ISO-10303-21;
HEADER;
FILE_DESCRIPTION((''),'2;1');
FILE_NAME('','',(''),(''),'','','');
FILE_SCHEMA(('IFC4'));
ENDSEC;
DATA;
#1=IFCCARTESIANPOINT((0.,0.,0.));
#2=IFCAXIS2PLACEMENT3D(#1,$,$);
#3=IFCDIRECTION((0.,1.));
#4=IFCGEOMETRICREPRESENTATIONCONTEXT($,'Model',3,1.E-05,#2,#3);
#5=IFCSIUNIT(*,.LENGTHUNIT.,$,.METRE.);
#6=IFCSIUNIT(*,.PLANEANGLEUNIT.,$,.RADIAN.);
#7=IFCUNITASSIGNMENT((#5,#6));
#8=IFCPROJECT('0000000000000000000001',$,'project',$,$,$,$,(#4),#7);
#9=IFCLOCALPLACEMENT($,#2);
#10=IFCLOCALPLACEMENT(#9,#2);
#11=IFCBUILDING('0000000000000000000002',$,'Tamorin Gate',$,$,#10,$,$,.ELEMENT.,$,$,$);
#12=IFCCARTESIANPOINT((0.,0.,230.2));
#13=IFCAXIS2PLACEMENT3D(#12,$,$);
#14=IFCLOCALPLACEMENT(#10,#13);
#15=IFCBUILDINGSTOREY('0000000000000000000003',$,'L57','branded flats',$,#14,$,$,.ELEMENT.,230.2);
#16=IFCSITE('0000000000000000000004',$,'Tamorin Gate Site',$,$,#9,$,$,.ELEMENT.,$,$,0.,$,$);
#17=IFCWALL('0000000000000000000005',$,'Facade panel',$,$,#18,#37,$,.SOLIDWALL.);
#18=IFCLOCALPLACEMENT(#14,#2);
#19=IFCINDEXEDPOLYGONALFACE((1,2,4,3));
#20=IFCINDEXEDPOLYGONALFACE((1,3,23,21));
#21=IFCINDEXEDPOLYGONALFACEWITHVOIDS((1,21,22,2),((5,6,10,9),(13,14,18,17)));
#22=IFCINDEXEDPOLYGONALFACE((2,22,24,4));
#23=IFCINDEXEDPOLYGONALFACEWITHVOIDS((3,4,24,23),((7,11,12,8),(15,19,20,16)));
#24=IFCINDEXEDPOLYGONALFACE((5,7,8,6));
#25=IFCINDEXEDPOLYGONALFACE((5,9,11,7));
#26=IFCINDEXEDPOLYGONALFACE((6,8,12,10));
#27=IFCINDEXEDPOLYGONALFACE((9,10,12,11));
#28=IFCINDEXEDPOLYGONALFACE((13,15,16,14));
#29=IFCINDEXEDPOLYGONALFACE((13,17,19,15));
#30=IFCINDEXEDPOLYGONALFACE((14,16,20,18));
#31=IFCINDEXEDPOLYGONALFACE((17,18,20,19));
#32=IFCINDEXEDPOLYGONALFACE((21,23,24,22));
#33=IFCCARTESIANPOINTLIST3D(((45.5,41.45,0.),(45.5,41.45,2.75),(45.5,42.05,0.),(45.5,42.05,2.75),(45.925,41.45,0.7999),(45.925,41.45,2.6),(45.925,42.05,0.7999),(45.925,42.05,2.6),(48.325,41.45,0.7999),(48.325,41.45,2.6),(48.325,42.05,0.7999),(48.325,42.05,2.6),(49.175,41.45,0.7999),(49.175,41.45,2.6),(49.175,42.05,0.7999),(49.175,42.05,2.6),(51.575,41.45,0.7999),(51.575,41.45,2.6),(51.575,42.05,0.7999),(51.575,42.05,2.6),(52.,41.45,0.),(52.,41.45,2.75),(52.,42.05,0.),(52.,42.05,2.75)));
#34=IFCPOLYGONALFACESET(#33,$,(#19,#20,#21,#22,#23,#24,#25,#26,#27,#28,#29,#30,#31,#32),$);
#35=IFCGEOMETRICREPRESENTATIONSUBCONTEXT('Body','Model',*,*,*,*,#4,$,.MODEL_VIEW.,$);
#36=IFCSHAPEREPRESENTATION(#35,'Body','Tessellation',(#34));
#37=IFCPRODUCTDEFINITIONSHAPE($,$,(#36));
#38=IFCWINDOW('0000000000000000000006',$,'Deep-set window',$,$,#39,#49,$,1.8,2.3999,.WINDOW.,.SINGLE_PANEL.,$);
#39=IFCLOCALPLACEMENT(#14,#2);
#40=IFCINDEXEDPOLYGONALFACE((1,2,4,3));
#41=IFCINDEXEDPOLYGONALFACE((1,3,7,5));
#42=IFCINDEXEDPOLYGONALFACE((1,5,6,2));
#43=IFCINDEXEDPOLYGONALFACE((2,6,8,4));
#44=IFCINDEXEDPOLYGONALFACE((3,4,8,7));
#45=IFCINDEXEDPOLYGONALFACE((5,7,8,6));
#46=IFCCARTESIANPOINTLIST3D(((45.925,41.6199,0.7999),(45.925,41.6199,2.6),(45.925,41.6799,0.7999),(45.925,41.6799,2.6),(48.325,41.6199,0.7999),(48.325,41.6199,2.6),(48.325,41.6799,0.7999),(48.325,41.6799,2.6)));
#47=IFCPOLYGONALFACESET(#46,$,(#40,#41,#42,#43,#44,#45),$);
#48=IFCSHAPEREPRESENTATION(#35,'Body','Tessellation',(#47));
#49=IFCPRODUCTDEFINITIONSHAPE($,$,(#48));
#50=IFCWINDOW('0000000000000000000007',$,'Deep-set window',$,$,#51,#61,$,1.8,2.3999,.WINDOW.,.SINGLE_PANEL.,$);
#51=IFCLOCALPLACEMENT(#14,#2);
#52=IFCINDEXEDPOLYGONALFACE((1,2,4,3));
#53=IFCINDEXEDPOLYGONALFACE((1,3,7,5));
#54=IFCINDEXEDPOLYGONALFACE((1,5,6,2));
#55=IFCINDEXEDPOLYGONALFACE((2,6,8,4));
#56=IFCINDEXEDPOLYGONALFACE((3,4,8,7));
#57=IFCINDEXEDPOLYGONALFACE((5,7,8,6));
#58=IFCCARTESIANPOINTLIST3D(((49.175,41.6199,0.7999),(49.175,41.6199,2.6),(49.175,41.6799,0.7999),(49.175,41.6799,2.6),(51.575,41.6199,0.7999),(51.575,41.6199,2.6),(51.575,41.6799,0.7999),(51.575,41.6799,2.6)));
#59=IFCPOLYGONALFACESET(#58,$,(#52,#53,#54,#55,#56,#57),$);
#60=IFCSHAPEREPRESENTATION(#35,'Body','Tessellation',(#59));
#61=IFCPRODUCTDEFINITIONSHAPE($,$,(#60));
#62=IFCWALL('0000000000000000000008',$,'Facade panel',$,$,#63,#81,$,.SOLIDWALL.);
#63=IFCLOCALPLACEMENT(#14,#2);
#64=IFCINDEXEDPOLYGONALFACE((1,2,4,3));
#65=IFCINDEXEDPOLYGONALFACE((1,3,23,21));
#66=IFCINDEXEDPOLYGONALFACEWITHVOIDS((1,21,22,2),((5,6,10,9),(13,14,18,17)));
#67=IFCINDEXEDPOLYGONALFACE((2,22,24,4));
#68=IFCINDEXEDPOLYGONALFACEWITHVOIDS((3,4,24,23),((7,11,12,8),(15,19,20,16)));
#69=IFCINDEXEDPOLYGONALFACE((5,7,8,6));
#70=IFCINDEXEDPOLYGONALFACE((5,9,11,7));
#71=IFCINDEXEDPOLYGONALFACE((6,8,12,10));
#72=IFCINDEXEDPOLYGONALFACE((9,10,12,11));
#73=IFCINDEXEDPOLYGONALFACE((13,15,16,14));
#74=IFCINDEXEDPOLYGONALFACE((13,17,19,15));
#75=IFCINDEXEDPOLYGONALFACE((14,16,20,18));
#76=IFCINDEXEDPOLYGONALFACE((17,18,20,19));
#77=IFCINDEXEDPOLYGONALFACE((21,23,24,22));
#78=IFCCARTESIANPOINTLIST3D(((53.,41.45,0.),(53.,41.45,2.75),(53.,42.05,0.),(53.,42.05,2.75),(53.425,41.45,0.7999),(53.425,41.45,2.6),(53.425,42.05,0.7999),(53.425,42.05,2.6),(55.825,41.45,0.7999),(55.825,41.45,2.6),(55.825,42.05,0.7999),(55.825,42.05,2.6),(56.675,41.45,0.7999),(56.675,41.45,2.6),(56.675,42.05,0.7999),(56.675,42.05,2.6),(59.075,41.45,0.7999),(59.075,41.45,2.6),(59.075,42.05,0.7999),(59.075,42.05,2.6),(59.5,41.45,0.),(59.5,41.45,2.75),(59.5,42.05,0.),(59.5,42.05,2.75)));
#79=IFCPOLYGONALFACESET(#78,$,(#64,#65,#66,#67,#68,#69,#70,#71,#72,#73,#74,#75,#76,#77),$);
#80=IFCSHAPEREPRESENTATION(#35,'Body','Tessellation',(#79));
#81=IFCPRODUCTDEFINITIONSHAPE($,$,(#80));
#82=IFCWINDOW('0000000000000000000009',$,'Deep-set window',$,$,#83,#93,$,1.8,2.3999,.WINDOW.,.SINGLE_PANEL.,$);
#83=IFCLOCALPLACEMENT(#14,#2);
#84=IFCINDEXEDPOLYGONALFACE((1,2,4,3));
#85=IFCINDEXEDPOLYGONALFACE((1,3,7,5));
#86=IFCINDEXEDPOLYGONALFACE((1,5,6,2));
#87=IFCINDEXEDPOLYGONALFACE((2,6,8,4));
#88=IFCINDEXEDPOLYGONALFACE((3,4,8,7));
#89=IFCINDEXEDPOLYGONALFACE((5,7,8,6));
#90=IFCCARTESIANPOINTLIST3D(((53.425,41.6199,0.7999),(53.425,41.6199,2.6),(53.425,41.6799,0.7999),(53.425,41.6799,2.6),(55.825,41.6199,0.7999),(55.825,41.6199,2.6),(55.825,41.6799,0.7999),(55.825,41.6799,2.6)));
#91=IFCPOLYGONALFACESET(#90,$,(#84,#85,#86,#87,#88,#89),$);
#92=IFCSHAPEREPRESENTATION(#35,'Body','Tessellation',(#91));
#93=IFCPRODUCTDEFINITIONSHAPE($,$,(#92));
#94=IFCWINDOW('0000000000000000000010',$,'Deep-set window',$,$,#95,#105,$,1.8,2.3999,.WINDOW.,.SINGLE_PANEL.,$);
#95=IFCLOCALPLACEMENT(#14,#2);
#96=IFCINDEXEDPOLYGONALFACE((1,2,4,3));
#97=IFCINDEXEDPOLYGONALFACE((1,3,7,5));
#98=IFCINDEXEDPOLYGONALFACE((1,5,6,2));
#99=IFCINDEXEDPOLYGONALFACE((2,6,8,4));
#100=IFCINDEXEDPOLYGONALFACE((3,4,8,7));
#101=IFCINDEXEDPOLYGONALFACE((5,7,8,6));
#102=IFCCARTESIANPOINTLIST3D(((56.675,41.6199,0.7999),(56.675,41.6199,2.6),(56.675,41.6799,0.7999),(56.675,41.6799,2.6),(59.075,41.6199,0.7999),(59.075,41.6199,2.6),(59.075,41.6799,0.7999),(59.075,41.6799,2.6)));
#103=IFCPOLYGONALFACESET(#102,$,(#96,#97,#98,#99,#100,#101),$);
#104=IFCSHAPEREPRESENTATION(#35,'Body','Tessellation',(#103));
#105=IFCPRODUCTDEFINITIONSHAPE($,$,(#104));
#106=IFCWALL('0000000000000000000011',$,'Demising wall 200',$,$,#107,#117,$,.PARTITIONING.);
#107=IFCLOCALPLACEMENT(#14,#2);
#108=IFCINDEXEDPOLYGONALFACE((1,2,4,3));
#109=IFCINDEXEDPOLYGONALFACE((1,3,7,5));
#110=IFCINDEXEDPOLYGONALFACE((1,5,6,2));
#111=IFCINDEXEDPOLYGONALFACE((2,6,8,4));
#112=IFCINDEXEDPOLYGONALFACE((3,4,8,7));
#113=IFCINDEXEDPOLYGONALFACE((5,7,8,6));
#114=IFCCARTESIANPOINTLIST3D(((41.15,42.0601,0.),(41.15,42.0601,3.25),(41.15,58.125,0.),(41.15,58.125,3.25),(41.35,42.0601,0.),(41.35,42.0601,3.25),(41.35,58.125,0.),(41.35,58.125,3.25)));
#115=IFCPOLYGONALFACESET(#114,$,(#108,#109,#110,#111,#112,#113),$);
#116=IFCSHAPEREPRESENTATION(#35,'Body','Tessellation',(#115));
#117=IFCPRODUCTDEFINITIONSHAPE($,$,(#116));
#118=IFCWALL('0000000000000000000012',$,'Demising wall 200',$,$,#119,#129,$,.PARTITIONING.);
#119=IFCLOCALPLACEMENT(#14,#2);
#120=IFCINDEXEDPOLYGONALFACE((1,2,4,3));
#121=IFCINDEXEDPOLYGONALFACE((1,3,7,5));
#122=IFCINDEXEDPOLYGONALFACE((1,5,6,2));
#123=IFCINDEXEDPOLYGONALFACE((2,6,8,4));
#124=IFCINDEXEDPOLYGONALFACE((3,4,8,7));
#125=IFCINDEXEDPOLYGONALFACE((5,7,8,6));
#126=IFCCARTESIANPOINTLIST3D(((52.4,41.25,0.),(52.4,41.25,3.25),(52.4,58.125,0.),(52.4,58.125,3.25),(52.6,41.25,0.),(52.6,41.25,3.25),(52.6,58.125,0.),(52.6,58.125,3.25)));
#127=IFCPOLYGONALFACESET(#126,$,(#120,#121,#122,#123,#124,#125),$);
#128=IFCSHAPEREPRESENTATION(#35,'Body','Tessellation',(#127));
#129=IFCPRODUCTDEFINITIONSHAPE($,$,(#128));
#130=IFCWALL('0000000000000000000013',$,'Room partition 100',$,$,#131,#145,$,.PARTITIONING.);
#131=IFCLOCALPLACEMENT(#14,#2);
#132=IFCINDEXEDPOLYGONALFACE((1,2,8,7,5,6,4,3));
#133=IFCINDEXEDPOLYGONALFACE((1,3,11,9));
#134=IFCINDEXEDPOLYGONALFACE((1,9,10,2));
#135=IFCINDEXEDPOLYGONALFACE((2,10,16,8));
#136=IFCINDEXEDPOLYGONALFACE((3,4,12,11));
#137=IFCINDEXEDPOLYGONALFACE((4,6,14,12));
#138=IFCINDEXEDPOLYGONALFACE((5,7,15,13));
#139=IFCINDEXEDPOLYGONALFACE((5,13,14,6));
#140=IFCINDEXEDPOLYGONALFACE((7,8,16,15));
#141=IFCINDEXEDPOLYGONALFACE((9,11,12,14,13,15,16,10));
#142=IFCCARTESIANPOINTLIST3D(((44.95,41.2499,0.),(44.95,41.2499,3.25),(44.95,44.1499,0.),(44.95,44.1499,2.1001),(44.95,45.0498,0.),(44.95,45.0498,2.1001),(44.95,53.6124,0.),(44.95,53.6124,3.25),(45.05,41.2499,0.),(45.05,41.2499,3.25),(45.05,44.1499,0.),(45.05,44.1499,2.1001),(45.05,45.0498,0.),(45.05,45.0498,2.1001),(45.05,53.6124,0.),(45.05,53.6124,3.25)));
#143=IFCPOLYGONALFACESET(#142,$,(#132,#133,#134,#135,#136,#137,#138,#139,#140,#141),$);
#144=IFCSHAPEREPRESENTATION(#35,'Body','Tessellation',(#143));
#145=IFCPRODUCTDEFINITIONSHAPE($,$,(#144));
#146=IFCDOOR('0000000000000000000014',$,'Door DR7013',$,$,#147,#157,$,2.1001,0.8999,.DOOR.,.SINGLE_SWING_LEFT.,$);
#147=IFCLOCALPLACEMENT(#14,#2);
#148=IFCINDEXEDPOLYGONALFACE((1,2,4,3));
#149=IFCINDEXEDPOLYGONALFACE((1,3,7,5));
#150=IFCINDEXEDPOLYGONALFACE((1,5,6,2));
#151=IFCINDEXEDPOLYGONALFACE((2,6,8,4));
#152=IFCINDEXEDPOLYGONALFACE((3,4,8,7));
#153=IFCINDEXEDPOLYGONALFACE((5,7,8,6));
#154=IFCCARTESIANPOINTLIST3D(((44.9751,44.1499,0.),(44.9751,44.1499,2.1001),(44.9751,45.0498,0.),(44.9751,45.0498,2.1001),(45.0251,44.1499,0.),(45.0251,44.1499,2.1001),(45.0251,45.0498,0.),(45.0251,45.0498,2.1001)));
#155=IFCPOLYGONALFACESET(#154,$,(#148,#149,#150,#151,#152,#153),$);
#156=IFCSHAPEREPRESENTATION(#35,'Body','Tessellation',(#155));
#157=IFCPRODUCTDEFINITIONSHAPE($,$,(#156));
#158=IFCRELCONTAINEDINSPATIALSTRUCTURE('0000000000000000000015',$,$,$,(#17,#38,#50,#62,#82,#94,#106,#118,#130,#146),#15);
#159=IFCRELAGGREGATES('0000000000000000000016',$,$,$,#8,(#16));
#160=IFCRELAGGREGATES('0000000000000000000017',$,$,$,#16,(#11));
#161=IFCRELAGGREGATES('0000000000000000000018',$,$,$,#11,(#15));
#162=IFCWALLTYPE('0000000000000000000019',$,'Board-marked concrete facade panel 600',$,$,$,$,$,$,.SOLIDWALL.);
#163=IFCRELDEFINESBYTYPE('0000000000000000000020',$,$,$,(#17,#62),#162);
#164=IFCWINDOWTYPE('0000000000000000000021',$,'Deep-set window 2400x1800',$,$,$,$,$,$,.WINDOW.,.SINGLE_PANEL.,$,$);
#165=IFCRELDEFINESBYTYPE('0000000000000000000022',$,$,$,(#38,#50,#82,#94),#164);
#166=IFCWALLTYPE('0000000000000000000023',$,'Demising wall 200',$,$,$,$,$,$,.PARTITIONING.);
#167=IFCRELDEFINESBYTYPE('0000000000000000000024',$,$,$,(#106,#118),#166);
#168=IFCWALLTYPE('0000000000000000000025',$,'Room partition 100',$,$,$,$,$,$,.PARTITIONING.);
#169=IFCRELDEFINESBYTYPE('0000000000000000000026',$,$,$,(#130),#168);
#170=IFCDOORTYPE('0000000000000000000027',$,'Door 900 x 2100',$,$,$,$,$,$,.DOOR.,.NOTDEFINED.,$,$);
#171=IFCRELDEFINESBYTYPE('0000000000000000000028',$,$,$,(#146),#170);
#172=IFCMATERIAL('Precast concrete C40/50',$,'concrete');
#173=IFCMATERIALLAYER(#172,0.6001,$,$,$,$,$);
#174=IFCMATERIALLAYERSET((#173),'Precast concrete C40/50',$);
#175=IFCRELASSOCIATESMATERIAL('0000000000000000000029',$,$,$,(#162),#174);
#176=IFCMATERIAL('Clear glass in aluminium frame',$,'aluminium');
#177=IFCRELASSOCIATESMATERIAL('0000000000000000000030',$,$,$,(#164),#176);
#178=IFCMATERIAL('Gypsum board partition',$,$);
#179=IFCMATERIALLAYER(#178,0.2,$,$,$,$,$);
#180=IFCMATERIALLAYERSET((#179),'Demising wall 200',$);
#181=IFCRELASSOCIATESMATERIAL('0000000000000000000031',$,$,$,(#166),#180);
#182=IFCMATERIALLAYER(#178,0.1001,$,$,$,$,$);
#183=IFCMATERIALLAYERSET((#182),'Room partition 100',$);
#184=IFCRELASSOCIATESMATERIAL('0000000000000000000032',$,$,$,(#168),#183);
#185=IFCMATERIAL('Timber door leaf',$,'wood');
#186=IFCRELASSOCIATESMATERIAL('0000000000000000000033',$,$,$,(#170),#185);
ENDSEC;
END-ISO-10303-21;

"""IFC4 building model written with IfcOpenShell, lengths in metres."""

from ifc_helpers import new_model, si_unit, direction, frame, frame_2d, origin, place, context, subcontext, project, spatial, rectangle, extrude, material, layer, layer_set, type_object, element, fill, save


model = new_model("IFC4")

# Units and contexts
model_context = context("Model", 3, precision=1e-05, world=origin(), true_north=direction((0.0, 1.0)))
body_context = subcontext(model_context, "Body", "Model", "MODEL_VIEW")
ifc_project = project(units=[si_unit("LENGTHUNIT", "METRE"), si_unit("PLANEANGLEUNIT", "RADIAN")], contexts=[model_context])

# Site, building, storey
site_placement = place(None, origin())
site = spatial("IfcSite", under=ifc_project, at=site_placement, Name="Tamorin Gate Site", CompositionType="ELEMENT", RefElevation=0.0)
building_placement = place(site_placement, origin())
building = spatial("IfcBuilding", under=site, at=building_placement, Name="Tamorin Gate", CompositionType="ELEMENT")
storey_placement = place(building_placement, frame((0.0, 0.0, 230.2)))
storey = spatial("IfcBuildingStorey", under=building, at=storey_placement, Name="L57", Description="branded flats", CompositionType="ELEMENT", Elevation=230.2)

# Walls, openings, windows
ifc_material_1 = material(Name="Precast concrete C40/50", Category="concrete")
ifc_layer_1 = layer(ifc_material_1, 0.6001)
ifc_layer_set_1 = layer_set([ifc_layer_1], Name="Precast concrete C40/50")
wall_type_1 = type_object("IfcWallType", Name="Board-marked concrete facade panel 600", PredefinedType="SOLIDWALL", material=ifc_layer_set_1)
ifc_material_2 = material(Name="Clear glass in aluminium frame", Category="aluminium")
window_type = type_object("IfcWindowType", Name="Deep-set window 2400x1800", PartitioningType="SINGLE_PANEL", PredefinedType="WINDOW", material=ifc_material_2)
wall_1_placement = place(storey_placement, frame((45.5, 41.75, 0.0), z_axis=(0.0, 0.0, 1.0), x_axis=(1.0, 0.0, 0.0)))
wall_1 = element("IfcWall", 1, at=wall_1_placement, inside=storey, type_object=wall_type_1, Name="Facade panel", PredefinedType="SOLIDWALL", context=body_context, shape_type="SweptSolid", body=[
    extrude(rectangle(XDim=6.5, YDim=0.6001, at=frame_2d((3.25, 0.0))), origin(), (0.0, 0.0, 1.0), 2.75),
])
opening_1_placement = place(wall_1_placement, frame((0.425, 0.0, 0.8)))
opening_1 = element("IfcOpeningElement", 2, at=opening_1_placement, cuts=wall_1, PredefinedType="OPENING", context=body_context, shape_type="SweptSolid", body=[
    extrude(rectangle(XDim=2.3999, YDim=1.8, at=frame_2d((1.2, 0.8999))), frame((0.0, 0.3101, 0.0), z_axis=(0.0, -1.0, 0.0), x_axis=(1.0, 0.0, 0.0)), (0.0, 0.0, 1.0), 0.6201),
])
opening_2_placement = place(wall_1_placement, frame((3.675, 0.0, 0.8)))
opening_2 = element("IfcOpeningElement", 3, at=opening_2_placement, cuts=wall_1, PredefinedType="OPENING", context=body_context, shape_type="SweptSolid", body=[
    extrude(rectangle(XDim=2.3999, YDim=1.8, at=frame_2d((1.2, 0.8999))), frame((0.0, 0.3101, 0.0), z_axis=(0.0, -1.0, 0.0), x_axis=(1.0, 0.0, 0.0)), (0.0, 0.0, 1.0), 0.6201),
])
window_1_placement = place(opening_1_placement, origin())
window_1 = element("IfcWindow", 4, at=window_1_placement, inside=storey, type_object=window_type, Name="Deep-set window", OverallHeight=1.8, OverallWidth=2.3999, PartitioningType="SINGLE_PANEL", PredefinedType="WINDOW", context=body_context, shape_type="SweptSolid", body=[
    extrude(rectangle(XDim=2.3999, YDim=1.8, at=frame_2d((1.2, 0.8999))), frame((0.0, -0.0701, 0.0), z_axis=(0.0, -1.0, 0.0), x_axis=(1.0, 0.0, 0.0)), (0.0, 0.0, 1.0), 0.0601),
])
fill(opening_1, window_1)
window_2_placement = place(opening_2_placement, origin())
window_2 = element("IfcWindow", 5, at=window_2_placement, inside=storey, type_object=window_type, Name="Deep-set window", OverallHeight=1.8, OverallWidth=2.3999, PartitioningType="SINGLE_PANEL", PredefinedType="WINDOW", context=body_context, shape_type="SweptSolid", body=[
    extrude(rectangle(XDim=2.3999, YDim=1.8, at=frame_2d((1.2, 0.8999))), frame((0.0, -0.0701, 0.0), z_axis=(0.0, -1.0, 0.0), x_axis=(1.0, 0.0, 0.0)), (0.0, 0.0, 1.0), 0.0601),
])
fill(opening_2, window_2)
wall_2_placement = place(storey_placement, frame((53.0, 41.75, 0.0), z_axis=(0.0, 0.0, 1.0), x_axis=(1.0, 0.0, 0.0)))
wall_2 = element("IfcWall", 6, at=wall_2_placement, inside=storey, type_object=wall_type_1, Name="Facade panel", PredefinedType="SOLIDWALL", context=body_context, shape_type="SweptSolid", body=[
    extrude(rectangle(XDim=6.5, YDim=0.6001, at=frame_2d((3.25, 0.0))), origin(), (0.0, 0.0, 1.0), 2.75),
])
opening_3_placement = place(wall_2_placement, frame((0.425, 0.0, 0.8)))
opening_3 = element("IfcOpeningElement", 7, at=opening_3_placement, cuts=wall_2, PredefinedType="OPENING", context=body_context, shape_type="SweptSolid", body=[
    extrude(rectangle(XDim=2.3999, YDim=1.8, at=frame_2d((1.2, 0.8999))), frame((0.0, 0.3101, 0.0), z_axis=(0.0, -1.0, 0.0), x_axis=(1.0, 0.0, 0.0)), (0.0, 0.0, 1.0), 0.6201),
])
opening_4_placement = place(wall_2_placement, frame((3.675, 0.0, 0.8)))
opening_4 = element("IfcOpeningElement", 8, at=opening_4_placement, cuts=wall_2, PredefinedType="OPENING", context=body_context, shape_type="SweptSolid", body=[
    extrude(rectangle(XDim=2.3999, YDim=1.8, at=frame_2d((1.2, 0.8999))), frame((0.0, 0.3101, 0.0), z_axis=(0.0, -1.0, 0.0), x_axis=(1.0, 0.0, 0.0)), (0.0, 0.0, 1.0), 0.6201),
])
window_3_placement = place(opening_3_placement, origin())
window_3 = element("IfcWindow", 9, at=window_3_placement, inside=storey, type_object=window_type, Name="Deep-set window", OverallHeight=1.8, OverallWidth=2.3999, PartitioningType="SINGLE_PANEL", PredefinedType="WINDOW", context=body_context, shape_type="SweptSolid", body=[
    extrude(rectangle(XDim=2.3999, YDim=1.8, at=frame_2d((1.2, 0.8999))), frame((0.0, -0.0701, 0.0), z_axis=(0.0, -1.0, 0.0), x_axis=(1.0, 0.0, 0.0)), (0.0, 0.0, 1.0), 0.0601),
])
fill(opening_3, window_3)
window_4_placement = place(opening_4_placement, origin())
window_4 = element("IfcWindow", 10, at=window_4_placement, inside=storey, type_object=window_type, Name="Deep-set window", OverallHeight=1.8, OverallWidth=2.3999, PartitioningType="SINGLE_PANEL", PredefinedType="WINDOW", context=body_context, shape_type="SweptSolid", body=[
    extrude(rectangle(XDim=2.3999, YDim=1.8, at=frame_2d((1.2, 0.8999))), frame((0.0, -0.0701, 0.0), z_axis=(0.0, -1.0, 0.0), x_axis=(1.0, 0.0, 0.0)), (0.0, 0.0, 1.0), 0.0601),
])
fill(opening_4, window_4)

# Walls
ifc_material_3 = material(Name="Gypsum board partition")
ifc_layer_2 = layer(ifc_material_3, 0.2)
ifc_layer_set_2 = layer_set([ifc_layer_2], Name="Demising wall 200")
wall_type_2 = type_object("IfcWallType", Name="Demising wall 200", PredefinedType="PARTITIONING", material=ifc_layer_set_2)
wall_3_placement = place(storey_placement, frame((41.25, 42.0601, 0.0), z_axis=(0.0, 0.0, 1.0), x_axis=(0.0, 1.0, 0.0)))
element("IfcWall", 11, at=wall_3_placement, inside=storey, type_object=wall_type_2, Name="Demising wall 200", PredefinedType="PARTITIONING", context=body_context, shape_type="SweptSolid", body=[
    extrude(rectangle(XDim=16.0649, YDim=0.2, at=frame_2d((8.0325, 0.0))), origin(), (0.0, 0.0, 1.0), 3.25),
])
wall_4_placement = place(storey_placement, frame((52.5, 41.25, 0.0), z_axis=(0.0, 0.0, 1.0), x_axis=(0.0, 1.0, 0.0)))
element("IfcWall", 12, at=wall_4_placement, inside=storey, type_object=wall_type_2, Name="Demising wall 200", PredefinedType="PARTITIONING", context=body_context, shape_type="SweptSolid", body=[
    extrude(rectangle(XDim=16.875, YDim=0.2, at=frame_2d((8.4375, 0.0))), origin(), (0.0, 0.0, 1.0), 3.25),
])

# Wall, opening, door
ifc_layer_3 = layer(ifc_material_3, 0.1001)
ifc_layer_set_3 = layer_set([ifc_layer_3], Name="Room partition 100")
wall_type_3 = type_object("IfcWallType", Name="Room partition 100", PredefinedType="PARTITIONING", material=ifc_layer_set_3)
wall_5_placement = place(storey_placement, frame((45.0, 41.25, 0.0), z_axis=(0.0, 0.0, 1.0), x_axis=(0.0, 1.0, 0.0)))
wall_5 = element("IfcWall", 13, at=wall_5_placement, inside=storey, type_object=wall_type_3, Name="Room partition 100", PredefinedType="PARTITIONING", context=body_context, shape_type="SweptSolid", body=[
    extrude(rectangle(XDim=12.3625, YDim=0.1001, at=frame_2d((6.1812, 0.0))), origin(), (0.0, 0.0, 1.0), 3.25),
])
opening_5_placement = place(wall_5_placement, frame((2.8999, 0.0, 0.0)))
opening_5 = element("IfcOpeningElement", 14, at=opening_5_placement, cuts=wall_5, PredefinedType="OPENING", context=body_context, shape_type="SweptSolid", body=[
    extrude(rectangle(XDim=0.8999, YDim=2.1001, at=frame_2d((0.45, 1.05))), frame((0.0, 0.0601, 0.0), z_axis=(0.0, -1.0, 0.0), x_axis=(1.0, 0.0, 0.0)), (0.0, 0.0, 1.0), 0.1201),
])
ifc_material_4 = material(Name="Timber door leaf", Category="wood")
door_type = type_object("IfcDoorType", Name="Door 900 x 2100", OperationType="NOTDEFINED", PredefinedType="DOOR", material=ifc_material_4)
door_1_placement = place(opening_5_placement, origin())
door_1 = element("IfcDoor", 15, at=door_1_placement, inside=storey, type_object=door_type, Name="Door DR7013", OperationType="SINGLE_SWING_LEFT", OverallHeight=2.1001, OverallWidth=0.8999, PredefinedType="DOOR", context=body_context, shape_type="SweptSolid", body=[
    extrude(rectangle(XDim=0.8999, YDim=2.1001, at=frame_2d((0.45, 1.05))), frame((0.0, 0.0249, 0.0), z_axis=(0.0, -1.0, 0.0), x_axis=(1.0, 0.0, 0.0)), (0.0, 0.0, 1.0), 0.05),
])
fill(opening_5, door_1)

save(model, "model.ifc")
